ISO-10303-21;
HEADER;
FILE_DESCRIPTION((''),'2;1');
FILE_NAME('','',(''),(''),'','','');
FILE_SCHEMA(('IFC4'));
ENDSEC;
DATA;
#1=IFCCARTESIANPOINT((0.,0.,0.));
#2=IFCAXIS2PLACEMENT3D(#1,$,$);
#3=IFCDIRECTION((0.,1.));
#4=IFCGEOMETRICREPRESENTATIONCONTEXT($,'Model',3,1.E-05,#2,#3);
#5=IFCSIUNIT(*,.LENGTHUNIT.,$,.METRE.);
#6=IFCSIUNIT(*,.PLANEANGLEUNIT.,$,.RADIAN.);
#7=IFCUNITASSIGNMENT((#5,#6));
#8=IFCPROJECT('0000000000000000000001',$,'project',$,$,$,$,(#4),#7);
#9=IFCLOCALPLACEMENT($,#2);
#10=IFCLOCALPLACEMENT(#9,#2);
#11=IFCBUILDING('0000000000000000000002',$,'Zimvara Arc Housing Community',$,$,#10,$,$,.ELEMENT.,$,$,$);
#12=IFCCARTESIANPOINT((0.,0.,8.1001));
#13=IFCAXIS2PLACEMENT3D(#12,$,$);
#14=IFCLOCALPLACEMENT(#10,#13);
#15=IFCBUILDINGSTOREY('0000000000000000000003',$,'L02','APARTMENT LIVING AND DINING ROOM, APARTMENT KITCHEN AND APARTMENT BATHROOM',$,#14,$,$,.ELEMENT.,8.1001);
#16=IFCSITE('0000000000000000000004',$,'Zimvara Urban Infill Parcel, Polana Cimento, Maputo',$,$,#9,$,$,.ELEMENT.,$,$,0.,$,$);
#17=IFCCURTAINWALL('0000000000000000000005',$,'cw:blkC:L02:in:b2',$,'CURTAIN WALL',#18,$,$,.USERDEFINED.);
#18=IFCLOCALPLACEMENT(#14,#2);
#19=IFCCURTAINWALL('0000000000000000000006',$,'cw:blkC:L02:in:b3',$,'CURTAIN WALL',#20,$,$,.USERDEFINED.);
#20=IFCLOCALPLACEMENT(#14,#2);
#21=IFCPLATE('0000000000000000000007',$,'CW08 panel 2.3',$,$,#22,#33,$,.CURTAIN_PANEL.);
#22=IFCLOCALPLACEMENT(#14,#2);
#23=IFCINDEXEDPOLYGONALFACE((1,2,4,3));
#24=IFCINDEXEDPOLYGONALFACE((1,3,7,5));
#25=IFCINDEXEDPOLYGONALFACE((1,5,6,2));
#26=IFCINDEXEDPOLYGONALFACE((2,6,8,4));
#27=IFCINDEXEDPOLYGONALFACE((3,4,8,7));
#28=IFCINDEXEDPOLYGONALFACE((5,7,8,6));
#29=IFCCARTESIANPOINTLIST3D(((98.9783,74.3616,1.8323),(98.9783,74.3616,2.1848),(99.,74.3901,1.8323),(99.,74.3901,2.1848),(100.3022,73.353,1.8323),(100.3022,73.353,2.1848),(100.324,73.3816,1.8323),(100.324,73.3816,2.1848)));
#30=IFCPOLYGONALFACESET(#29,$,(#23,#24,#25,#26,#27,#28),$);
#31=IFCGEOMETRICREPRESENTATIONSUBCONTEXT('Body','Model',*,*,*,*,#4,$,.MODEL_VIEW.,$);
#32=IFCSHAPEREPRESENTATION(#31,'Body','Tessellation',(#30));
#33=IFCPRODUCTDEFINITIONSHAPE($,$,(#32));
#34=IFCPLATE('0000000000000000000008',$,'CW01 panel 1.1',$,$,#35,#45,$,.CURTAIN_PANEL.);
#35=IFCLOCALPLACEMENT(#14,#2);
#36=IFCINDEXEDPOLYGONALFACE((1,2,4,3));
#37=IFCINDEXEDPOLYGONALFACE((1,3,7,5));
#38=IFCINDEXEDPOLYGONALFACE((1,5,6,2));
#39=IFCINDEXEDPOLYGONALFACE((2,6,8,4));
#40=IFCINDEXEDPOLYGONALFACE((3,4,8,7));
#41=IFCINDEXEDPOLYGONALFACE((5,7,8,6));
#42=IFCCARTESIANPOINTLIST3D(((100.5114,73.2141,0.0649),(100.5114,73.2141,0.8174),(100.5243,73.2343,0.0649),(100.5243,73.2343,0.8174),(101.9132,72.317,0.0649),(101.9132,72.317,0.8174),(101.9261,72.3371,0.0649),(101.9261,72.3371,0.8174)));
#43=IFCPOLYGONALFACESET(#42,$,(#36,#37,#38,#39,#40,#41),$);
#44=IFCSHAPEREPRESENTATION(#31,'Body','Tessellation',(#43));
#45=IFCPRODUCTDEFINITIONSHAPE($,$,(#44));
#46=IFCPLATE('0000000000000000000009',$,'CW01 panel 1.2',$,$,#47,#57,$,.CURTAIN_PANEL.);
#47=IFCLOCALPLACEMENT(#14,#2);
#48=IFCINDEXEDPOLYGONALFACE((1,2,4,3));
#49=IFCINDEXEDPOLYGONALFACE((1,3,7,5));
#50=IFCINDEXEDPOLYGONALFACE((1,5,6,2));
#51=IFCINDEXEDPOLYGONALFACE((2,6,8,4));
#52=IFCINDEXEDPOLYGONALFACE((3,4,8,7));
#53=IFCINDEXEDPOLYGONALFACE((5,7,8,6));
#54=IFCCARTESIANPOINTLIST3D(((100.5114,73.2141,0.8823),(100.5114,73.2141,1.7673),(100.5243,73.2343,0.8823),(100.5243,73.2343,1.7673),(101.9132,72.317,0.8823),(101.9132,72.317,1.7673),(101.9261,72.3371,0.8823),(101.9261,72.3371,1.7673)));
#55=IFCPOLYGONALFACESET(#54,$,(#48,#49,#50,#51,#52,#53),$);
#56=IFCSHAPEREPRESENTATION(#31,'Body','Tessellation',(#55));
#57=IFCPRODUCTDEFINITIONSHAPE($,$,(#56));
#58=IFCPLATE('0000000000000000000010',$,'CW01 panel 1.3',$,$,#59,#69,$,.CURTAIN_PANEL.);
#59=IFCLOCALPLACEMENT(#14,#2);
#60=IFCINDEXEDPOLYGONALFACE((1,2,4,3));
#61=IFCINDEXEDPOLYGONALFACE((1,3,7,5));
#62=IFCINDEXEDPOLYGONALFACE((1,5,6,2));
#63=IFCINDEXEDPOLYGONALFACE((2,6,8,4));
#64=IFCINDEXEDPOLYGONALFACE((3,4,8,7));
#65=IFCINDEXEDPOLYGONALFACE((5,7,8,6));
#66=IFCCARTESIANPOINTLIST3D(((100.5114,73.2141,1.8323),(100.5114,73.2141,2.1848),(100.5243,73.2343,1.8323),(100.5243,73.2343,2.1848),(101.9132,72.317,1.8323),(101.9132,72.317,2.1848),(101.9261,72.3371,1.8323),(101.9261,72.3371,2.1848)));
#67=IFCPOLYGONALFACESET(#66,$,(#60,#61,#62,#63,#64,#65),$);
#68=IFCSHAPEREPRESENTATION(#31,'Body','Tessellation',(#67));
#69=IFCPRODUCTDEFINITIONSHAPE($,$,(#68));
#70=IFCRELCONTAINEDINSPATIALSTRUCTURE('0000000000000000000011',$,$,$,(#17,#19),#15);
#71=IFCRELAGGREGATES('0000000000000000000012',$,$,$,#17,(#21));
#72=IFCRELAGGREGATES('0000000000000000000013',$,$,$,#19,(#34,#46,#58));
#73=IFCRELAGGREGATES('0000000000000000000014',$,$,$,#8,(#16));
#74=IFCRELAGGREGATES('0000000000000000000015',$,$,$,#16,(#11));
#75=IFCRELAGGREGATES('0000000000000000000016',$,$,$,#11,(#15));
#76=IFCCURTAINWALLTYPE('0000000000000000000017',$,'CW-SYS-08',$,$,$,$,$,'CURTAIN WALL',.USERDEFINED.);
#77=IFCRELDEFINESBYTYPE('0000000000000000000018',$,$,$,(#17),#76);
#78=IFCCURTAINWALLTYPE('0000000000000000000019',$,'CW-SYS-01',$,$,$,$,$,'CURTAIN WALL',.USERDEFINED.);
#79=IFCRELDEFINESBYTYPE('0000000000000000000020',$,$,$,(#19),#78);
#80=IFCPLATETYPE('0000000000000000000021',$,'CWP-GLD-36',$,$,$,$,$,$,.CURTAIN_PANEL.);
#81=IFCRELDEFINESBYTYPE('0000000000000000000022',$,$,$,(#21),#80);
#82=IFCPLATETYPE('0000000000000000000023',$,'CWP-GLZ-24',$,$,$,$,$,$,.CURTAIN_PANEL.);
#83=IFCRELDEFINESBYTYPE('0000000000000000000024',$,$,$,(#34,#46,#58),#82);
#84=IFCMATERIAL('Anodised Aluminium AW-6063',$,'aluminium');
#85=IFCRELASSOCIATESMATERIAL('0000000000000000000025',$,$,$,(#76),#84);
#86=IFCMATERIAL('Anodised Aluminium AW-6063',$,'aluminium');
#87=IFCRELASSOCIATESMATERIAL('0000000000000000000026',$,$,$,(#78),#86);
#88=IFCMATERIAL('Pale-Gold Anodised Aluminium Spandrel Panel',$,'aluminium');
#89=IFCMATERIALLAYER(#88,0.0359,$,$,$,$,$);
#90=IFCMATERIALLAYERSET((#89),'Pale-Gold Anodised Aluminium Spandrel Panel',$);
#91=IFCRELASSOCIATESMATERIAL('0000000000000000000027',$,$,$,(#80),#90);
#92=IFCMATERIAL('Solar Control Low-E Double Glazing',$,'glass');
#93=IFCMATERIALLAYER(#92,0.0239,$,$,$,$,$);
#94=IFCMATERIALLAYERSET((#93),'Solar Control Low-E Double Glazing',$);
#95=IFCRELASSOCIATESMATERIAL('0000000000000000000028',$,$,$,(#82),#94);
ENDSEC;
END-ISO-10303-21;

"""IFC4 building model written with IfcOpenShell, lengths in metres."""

from ifc_helpers import new_model, si_unit, direction, frame, origin, origin_2d, place, context, subcontext, project, spatial, rectangle, extrude, material, layer, layer_set, type_object, element, aggregate, save


model = new_model("IFC4")

# Units and contexts
model_context = context("Model", 3, precision=1e-05, world=origin(), true_north=direction((0.0, 1.0)))
body_context = subcontext(model_context, "Body", "Model", "MODEL_VIEW")
ifc_project = project(units=[si_unit("LENGTHUNIT", "METRE"), si_unit("PLANEANGLEUNIT", "RADIAN")], contexts=[model_context])

# Site, building, storey
site_placement = place(None, origin())
site = spatial("IfcSite", under=ifc_project, at=site_placement, Name="Zimvara Urban Infill Parcel, Polana Cimento, Maputo", CompositionType="ELEMENT", RefElevation=0.0)
building_placement = place(site_placement, origin())
building = spatial("IfcBuilding", under=site, at=building_placement, Name="Zimvara Arc Housing Community", CompositionType="ELEMENT")
storey_placement = place(building_placement, frame((0.0, 0.0, 8.1001)))
storey = spatial("IfcBuildingStorey", under=building, at=storey_placement, Name="L02", Description="APARTMENT LIVING AND DINING ROOM, APARTMENT KITCHEN AND APARTMENT BATHROOM", CompositionType="ELEMENT", Elevation=8.1001)

# Curtain wall
ifc_material_1 = material(Name="Anodised Aluminium AW-6063", Category="aluminium")
curtain_wall_type_1 = type_object("IfcCurtainWallType", Name="CW-SYS-08", ElementType="CURTAIN WALL", PredefinedType="USERDEFINED", material=ifc_material_1)
curtain_wall_1_placement = place(storey_placement, origin())
curtain_wall_1 = element("IfcCurtainWall", 1, at=curtain_wall_1_placement, inside=storey, type_object=curtain_wall_type_1, Name="cw:blkC:L02:in:b2", ObjectType="CURTAIN WALL", PredefinedType="USERDEFINED")

# Curtain wall
ifc_material_2 = material(Name="Anodised Aluminium AW-6063", Category="aluminium")
curtain_wall_type_2 = type_object("IfcCurtainWallType", Name="CW-SYS-01", ElementType="CURTAIN WALL", PredefinedType="USERDEFINED", material=ifc_material_2)
curtain_wall_2_placement = place(storey_placement, origin())
curtain_wall_2 = element("IfcCurtainWall", 2, at=curtain_wall_2_placement, inside=storey, type_object=curtain_wall_type_2, Name="cw:blkC:L02:in:b3", ObjectType="CURTAIN WALL", PredefinedType="USERDEFINED")

# Plates
ifc_material_3 = material(Name="Pale-Gold Anodised Aluminium Spandrel Panel", Category="aluminium")
ifc_layer_1 = layer(ifc_material_3, 0.0359)
ifc_layer_set_1 = layer_set([ifc_layer_1], Name="Pale-Gold Anodised Aluminium Spandrel Panel")
plate_type_1 = type_object("IfcPlateType", Name="CWP-GLD-36", PredefinedType="CURTAIN_PANEL", material=ifc_layer_set_1)
plate_1_placement = place(storey_placement, frame((99.6511, 73.8716, 1.8323), z_axis=(0.0, 0.0, 1.0), x_axis=(0.795474, -0.605988, 0.0)))
plate_1 = element("IfcPlate", 3, at=plate_1_placement, type_object=plate_type_1, Name="CW08 panel 2.3", PredefinedType="CURTAIN_PANEL", context=body_context, shape_type="SweptSolid", body=[
    extrude(rectangle(XDim=1.6643, YDim=0.0359, at=origin_2d()), origin(), (0.0, 0.0, 1.0), 0.3525),
])
aggregate(curtain_wall_1, [plate_1])
ifc_material_4 = material(Name="Solar Control Low-E Double Glazing", Category="glass")
ifc_layer_2 = layer(ifc_material_4, 0.0239)
ifc_layer_set_2 = layer_set([ifc_layer_2], Name="Solar Control Low-E Double Glazing")
plate_type_2 = type_object("IfcPlateType", Name="CWP-GLZ-24", PredefinedType="CURTAIN_PANEL", material=ifc_layer_set_2)
plate_2_placement = place(storey_placement, frame((101.2188, 72.7756, 0.0649), z_axis=(0.0, 0.0, 1.0), x_axis=(0.842265, -0.539064, 0.0)))
plate_2 = element("IfcPlate", 4, at=plate_2_placement, type_object=plate_type_2, Name="CW01 panel 1.1", PredefinedType="CURTAIN_PANEL", context=body_context, shape_type="SweptSolid", body=[
    extrude(rectangle(XDim=1.6643, YDim=0.0239, at=origin_2d()), origin(), (0.0, 0.0, 1.0), 0.7524),
])
plate_3_placement = place(storey_placement, frame((101.2188, 72.7756, 0.8823), z_axis=(0.0, 0.0, 1.0), x_axis=(0.842265, -0.539064, 0.0)))
plate_3 = element("IfcPlate", 5, at=plate_3_placement, type_object=plate_type_2, Name="CW01 panel 1.2", PredefinedType="CURTAIN_PANEL", context=body_context, shape_type="SweptSolid", body=[
    extrude(rectangle(XDim=1.6643, YDim=0.0239, at=origin_2d()), origin(), (0.0, 0.0, 1.0), 0.885),
])
plate_4_placement = place(storey_placement, frame((101.2188, 72.7756, 1.8323), z_axis=(0.0, 0.0, 1.0), x_axis=(0.842265, -0.539064, 0.0)))
plate_4 = element("IfcPlate", 6, at=plate_4_placement, type_object=plate_type_2, Name="CW01 panel 1.3", PredefinedType="CURTAIN_PANEL", context=body_context, shape_type="SweptSolid", body=[
    extrude(rectangle(XDim=1.6643, YDim=0.0239, at=origin_2d()), origin(), (0.0, 0.0, 1.0), 0.3525),
])
aggregate(curtain_wall_2, [plate_2, plate_3, plate_4])

save(model, "model.ifc")
